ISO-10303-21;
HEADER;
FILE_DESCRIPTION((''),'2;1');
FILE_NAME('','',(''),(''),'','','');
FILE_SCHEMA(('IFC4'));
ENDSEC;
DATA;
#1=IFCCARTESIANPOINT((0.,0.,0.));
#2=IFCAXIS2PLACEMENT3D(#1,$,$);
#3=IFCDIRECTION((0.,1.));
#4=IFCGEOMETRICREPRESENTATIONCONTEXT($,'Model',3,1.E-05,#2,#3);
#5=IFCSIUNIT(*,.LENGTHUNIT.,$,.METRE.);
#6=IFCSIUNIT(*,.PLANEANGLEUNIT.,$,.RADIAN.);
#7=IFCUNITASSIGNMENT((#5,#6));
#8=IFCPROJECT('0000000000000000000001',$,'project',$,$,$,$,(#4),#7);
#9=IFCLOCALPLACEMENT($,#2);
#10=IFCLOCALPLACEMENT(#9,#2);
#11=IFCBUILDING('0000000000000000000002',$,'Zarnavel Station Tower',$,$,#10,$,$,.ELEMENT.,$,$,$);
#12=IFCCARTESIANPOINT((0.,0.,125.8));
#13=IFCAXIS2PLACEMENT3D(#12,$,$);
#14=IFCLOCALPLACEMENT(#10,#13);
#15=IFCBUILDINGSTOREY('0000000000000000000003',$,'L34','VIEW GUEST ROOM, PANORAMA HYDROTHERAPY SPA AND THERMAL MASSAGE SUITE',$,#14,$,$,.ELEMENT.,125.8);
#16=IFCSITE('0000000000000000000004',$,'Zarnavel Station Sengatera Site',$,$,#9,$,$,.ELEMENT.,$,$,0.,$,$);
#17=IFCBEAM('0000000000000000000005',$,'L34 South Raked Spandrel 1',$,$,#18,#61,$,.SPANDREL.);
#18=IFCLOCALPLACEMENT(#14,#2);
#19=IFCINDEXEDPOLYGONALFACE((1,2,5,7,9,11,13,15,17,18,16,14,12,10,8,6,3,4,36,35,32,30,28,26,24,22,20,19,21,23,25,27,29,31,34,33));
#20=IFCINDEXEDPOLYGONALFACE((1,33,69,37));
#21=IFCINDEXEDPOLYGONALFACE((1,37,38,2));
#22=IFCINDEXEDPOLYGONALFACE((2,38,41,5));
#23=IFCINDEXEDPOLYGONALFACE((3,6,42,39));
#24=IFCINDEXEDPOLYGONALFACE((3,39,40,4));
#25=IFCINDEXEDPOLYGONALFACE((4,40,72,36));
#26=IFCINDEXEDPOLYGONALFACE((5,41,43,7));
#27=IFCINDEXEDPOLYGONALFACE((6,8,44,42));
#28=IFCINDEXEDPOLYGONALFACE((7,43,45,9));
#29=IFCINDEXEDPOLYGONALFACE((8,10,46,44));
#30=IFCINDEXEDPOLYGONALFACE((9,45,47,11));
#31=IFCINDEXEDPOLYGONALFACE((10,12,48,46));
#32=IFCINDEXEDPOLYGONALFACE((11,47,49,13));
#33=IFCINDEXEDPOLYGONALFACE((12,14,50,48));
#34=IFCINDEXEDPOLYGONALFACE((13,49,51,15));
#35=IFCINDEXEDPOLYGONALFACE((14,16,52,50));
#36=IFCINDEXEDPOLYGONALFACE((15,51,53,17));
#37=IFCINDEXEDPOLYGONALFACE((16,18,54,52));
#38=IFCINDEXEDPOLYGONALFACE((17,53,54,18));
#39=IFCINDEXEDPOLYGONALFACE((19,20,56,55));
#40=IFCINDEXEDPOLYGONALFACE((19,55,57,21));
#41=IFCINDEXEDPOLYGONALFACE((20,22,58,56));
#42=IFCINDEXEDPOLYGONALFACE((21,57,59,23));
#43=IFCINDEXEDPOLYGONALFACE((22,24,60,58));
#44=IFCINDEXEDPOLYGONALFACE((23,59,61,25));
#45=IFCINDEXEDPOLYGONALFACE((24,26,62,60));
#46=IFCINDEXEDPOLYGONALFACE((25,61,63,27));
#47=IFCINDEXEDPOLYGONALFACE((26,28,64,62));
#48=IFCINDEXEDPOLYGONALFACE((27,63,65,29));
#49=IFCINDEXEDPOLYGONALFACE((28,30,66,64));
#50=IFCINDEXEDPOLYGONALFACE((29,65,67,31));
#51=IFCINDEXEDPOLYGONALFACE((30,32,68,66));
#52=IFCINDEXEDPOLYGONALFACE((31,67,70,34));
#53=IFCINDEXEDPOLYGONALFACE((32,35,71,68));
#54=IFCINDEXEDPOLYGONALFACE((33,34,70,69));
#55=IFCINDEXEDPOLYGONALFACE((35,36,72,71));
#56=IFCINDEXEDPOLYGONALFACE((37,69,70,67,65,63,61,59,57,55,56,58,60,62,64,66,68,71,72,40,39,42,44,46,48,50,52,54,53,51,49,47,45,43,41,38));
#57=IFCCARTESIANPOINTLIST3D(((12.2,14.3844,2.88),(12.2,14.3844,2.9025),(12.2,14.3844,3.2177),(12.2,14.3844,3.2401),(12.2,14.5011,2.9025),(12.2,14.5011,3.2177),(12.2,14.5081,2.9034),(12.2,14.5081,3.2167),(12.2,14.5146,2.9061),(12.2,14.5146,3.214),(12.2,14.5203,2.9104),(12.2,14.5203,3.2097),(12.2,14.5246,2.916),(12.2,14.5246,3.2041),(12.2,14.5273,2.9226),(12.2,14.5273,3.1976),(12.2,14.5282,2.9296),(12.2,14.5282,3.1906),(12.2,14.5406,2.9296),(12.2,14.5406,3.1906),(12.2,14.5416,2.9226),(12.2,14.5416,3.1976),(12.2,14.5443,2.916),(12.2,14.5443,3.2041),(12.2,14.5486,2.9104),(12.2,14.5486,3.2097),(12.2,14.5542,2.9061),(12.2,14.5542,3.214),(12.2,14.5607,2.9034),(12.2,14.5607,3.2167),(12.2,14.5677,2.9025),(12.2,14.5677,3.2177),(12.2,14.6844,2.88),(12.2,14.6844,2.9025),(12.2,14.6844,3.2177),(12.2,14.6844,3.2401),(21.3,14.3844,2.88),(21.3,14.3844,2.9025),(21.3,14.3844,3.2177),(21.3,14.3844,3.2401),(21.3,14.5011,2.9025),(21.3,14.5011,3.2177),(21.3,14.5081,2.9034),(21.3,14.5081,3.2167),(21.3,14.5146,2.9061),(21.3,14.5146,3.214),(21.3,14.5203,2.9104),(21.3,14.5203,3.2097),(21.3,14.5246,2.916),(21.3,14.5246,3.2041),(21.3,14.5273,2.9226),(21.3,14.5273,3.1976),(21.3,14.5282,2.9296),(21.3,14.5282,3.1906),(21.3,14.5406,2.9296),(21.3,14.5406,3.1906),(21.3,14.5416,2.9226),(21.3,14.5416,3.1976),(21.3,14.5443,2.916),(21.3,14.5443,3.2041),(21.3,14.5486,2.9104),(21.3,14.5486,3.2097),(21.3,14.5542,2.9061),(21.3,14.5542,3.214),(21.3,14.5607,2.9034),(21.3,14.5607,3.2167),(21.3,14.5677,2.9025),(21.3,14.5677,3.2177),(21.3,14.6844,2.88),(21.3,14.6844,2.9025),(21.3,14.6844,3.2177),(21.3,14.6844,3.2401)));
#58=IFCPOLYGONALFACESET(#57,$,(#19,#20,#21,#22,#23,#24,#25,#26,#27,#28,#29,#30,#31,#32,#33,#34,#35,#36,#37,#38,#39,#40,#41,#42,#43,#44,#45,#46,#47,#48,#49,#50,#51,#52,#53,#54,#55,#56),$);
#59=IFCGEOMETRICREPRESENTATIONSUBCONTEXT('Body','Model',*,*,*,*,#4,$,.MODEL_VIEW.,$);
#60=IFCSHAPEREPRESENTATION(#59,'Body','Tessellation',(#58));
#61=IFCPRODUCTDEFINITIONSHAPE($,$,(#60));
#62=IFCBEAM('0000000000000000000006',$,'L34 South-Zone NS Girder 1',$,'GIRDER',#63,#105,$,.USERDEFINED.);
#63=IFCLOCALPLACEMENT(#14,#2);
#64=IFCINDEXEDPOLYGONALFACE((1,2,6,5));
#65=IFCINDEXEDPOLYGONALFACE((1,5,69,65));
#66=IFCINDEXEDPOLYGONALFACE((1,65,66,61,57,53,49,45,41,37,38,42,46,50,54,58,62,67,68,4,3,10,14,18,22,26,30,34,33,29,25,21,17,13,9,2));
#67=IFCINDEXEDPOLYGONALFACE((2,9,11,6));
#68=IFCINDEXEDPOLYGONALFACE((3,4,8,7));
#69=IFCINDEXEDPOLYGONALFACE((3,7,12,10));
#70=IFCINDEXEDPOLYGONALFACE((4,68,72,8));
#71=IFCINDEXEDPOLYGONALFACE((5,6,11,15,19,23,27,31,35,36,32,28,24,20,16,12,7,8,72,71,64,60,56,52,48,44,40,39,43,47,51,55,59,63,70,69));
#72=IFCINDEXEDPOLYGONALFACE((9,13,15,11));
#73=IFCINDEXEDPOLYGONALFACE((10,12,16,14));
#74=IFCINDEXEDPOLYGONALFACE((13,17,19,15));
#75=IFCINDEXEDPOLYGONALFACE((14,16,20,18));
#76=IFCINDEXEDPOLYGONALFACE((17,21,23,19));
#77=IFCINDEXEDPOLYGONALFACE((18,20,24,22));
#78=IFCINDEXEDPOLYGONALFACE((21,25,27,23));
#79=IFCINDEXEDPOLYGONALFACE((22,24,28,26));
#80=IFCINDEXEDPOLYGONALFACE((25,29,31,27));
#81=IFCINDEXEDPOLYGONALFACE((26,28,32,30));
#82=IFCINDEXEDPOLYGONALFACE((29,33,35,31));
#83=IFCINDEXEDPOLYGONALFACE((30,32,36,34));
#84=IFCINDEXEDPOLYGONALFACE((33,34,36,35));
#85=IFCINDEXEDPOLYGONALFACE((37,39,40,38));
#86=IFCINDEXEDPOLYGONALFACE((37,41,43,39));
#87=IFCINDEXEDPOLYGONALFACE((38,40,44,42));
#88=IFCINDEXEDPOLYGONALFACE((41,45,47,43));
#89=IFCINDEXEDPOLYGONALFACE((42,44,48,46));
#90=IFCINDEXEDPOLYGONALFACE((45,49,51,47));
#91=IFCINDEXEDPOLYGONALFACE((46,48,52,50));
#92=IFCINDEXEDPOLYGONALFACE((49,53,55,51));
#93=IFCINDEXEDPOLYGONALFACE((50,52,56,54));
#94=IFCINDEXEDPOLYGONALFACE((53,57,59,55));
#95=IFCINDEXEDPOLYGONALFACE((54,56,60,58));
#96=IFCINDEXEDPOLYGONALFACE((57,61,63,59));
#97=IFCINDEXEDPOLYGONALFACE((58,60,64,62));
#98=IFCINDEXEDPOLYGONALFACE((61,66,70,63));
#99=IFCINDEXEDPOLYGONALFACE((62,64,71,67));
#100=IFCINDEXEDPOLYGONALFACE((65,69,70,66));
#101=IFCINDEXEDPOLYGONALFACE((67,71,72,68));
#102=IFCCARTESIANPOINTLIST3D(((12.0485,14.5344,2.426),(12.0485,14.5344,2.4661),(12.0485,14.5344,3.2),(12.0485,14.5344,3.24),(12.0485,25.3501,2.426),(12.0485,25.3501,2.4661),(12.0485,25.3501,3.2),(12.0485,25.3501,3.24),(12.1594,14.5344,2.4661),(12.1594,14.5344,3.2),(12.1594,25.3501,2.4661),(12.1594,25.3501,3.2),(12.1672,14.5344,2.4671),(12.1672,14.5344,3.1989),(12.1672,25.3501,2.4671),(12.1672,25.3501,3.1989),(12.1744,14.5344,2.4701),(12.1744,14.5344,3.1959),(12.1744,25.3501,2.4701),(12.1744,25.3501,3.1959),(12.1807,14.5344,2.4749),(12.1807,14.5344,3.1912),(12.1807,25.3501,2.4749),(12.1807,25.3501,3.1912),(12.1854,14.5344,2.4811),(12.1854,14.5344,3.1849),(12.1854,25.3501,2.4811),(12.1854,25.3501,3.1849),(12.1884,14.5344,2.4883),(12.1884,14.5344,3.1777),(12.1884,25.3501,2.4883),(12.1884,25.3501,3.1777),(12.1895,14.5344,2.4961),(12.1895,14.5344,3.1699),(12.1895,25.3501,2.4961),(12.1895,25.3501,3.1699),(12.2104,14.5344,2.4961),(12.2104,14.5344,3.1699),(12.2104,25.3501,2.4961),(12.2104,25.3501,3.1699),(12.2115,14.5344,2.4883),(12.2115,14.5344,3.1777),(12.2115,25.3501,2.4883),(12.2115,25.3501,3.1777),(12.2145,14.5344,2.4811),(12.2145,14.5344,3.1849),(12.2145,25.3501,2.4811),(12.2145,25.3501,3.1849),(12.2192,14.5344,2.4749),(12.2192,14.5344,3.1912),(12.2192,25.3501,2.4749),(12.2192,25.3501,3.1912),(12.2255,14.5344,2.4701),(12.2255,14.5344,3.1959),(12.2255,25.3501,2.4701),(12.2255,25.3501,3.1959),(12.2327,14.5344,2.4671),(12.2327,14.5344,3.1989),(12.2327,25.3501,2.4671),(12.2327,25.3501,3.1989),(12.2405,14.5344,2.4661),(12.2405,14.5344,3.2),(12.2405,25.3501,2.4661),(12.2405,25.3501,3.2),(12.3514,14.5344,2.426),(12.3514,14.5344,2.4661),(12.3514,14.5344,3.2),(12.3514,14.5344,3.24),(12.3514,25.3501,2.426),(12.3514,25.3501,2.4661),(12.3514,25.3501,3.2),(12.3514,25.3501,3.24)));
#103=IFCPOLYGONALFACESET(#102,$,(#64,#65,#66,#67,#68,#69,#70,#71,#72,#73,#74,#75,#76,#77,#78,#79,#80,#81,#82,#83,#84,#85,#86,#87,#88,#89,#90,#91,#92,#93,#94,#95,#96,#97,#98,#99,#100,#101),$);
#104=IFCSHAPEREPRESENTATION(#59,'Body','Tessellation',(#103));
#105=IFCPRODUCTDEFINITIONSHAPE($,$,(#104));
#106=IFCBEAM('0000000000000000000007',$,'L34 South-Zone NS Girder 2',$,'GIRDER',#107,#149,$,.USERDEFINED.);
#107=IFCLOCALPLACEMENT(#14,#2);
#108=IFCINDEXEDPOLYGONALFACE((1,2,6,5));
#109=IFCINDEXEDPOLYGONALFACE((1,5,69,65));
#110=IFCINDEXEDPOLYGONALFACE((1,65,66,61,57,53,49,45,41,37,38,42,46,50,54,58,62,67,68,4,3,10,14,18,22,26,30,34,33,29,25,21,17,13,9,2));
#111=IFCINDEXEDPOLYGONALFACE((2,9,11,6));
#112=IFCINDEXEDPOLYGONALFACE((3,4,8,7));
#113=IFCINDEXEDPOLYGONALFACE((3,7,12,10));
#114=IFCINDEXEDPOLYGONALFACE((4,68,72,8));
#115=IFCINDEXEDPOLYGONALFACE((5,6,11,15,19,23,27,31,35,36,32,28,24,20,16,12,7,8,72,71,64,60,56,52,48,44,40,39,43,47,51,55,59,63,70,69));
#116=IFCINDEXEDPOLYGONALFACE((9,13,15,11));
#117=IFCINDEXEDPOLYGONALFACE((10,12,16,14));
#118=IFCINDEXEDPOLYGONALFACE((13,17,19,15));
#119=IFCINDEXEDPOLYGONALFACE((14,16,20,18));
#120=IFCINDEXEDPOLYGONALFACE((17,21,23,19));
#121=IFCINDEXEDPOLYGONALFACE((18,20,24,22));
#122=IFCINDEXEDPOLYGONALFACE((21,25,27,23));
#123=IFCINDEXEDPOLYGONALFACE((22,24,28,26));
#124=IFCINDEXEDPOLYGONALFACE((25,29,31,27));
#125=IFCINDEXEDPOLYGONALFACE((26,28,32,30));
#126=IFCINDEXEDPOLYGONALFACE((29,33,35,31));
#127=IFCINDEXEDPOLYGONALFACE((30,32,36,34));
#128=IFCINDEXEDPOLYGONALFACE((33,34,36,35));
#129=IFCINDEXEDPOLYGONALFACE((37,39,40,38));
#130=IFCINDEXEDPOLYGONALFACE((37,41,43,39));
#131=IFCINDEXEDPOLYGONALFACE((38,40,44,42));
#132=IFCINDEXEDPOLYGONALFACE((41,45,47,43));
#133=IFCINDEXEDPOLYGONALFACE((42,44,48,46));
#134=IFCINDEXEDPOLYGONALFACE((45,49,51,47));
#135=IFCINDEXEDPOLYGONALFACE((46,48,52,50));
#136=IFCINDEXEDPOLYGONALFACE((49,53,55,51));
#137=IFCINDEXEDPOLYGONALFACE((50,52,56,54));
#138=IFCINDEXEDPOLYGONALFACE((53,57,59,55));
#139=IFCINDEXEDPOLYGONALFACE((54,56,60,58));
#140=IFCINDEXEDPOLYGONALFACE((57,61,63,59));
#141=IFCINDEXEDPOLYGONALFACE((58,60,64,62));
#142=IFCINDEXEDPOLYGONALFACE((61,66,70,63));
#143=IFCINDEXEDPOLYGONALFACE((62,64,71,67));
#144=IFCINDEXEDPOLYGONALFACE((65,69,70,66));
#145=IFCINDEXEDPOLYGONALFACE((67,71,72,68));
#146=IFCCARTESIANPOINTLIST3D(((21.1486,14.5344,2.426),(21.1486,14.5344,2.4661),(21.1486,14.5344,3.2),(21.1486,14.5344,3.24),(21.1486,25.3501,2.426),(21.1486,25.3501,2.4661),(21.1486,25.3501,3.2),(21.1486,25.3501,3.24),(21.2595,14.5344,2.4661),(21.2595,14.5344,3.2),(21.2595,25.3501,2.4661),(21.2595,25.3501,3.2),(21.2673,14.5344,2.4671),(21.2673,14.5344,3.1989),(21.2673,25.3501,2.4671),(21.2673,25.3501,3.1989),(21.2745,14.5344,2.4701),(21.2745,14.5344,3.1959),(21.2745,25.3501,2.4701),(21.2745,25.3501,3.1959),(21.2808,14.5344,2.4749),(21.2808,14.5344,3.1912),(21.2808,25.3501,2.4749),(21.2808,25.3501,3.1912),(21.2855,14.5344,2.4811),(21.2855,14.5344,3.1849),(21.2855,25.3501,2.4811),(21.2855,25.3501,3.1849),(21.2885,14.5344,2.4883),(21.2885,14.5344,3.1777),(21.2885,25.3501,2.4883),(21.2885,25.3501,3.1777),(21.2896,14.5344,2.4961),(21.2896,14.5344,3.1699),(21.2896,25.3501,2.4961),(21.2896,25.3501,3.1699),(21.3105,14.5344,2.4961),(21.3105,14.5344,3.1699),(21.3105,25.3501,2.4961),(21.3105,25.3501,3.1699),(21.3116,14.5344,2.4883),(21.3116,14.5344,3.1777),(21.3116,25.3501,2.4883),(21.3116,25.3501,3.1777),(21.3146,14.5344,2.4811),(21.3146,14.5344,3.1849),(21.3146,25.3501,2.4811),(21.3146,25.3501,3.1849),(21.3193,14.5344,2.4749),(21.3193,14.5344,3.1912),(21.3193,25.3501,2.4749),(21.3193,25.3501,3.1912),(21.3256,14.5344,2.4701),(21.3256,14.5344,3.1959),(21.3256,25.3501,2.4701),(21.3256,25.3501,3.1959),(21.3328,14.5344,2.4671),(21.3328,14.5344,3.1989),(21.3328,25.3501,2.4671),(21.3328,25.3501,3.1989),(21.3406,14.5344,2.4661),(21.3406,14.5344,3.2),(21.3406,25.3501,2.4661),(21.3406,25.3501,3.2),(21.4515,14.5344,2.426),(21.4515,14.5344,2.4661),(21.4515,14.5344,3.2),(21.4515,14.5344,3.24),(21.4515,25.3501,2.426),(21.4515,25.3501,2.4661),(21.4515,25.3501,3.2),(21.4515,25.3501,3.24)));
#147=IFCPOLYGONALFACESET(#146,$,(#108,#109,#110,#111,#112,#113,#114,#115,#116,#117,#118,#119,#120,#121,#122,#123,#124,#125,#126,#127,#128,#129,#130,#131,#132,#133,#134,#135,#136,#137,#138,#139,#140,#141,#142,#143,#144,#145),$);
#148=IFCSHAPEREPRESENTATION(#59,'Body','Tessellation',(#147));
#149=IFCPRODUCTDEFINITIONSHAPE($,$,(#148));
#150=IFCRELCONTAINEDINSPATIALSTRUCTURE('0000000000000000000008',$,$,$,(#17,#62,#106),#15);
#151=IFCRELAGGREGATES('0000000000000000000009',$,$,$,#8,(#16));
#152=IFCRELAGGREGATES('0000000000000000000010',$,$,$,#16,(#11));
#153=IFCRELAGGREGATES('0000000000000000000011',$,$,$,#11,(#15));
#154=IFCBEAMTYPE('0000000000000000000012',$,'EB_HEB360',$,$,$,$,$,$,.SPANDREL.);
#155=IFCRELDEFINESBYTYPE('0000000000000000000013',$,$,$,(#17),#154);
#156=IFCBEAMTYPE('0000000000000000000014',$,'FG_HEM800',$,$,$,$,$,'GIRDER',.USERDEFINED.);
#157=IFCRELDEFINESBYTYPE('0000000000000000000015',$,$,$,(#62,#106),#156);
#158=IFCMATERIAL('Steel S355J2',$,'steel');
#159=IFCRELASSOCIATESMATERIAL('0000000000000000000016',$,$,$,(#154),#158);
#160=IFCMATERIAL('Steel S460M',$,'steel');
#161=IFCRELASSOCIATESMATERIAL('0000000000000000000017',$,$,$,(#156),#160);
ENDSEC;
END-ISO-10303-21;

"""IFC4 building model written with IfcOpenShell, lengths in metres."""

from ifc_helpers import new_model, si_unit, direction, frame, origin, origin_2d, place, context, subcontext, project, spatial, i_section, extrude, material, material_profile, profile_set, type_object, element, save


model = new_model("IFC4")

# Units and contexts
model_context = context("Model", 3, precision=1e-05, world=origin(), true_north=direction((0.0, 1.0)))
body_context = subcontext(model_context, "Body", "Model", "MODEL_VIEW")
ifc_project = project(units=[si_unit("LENGTHUNIT", "METRE"), si_unit("PLANEANGLEUNIT", "RADIAN")], contexts=[model_context])

# Site, building, storey
site_placement = place(None, origin())
site = spatial("IfcSite", under=ifc_project, at=site_placement, Name="Zarnavel Station Sengatera Site", CompositionType="ELEMENT", RefElevation=0.0)
building_placement = place(site_placement, origin())
building = spatial("IfcBuilding", under=site, at=building_placement, Name="Zarnavel Station Tower", CompositionType="ELEMENT")
storey_placement = place(building_placement, frame((0.0, 0.0, 125.8)))
storey = spatial("IfcBuildingStorey", under=building, at=storey_placement, Name="L34", Description="VIEW GUEST ROOM, PANORAMA HYDROTHERAPY SPA AND THERMAL MASSAGE SUITE", CompositionType="ELEMENT", Elevation=125.8)

# Beams
ifc_material_1 = material(Name="Steel S355J2", Category="steel")
ifc_material_profile_1 = material_profile(ifc_material_1, i_section(OverallWidth=0.3, OverallDepth=0.3601, WebThickness=0.0125, FlangeThickness=0.0225, FilletRadius=0.0271, at=origin_2d()), Name="HEB360")
ifc_profile_set_1 = profile_set([ifc_material_profile_1], Name="Steel S355J2")
beam_type_1 = type_object("IfcBeamType", Name="EB_HEB360", PredefinedType="SPANDREL", material=ifc_profile_set_1)
beam_placement = place(storey_placement, frame((12.2, 14.5344, 3.0601), z_axis=(1.0, 0.0, 0.0), x_axis=(0.0, 1.0, 0.0)))
element("IfcBeam", 1, at=beam_placement, inside=storey, type_object=beam_type_1, Name="L34 South Raked Spandrel 1", PredefinedType="SPANDREL", context=body_context, shape_type="SweptSolid", body=[
    extrude(i_section(OverallWidth=0.3, OverallDepth=0.3601, WebThickness=0.0125, FlangeThickness=0.0225, FilletRadius=0.0271, at=origin_2d()), origin(), (0.0, 0.0, 1.0), 9.1001),
])
ifc_material_2 = material(Name="Steel S460M", Category="steel")
ifc_material_profile_2 = material_profile(ifc_material_2, i_section(OverallWidth=0.303, OverallDepth=0.814, WebThickness=0.021, FlangeThickness=0.04, FilletRadius=0.03, at=origin_2d()), Name="HEM800")
ifc_profile_set_2 = profile_set([ifc_material_profile_2], Name="Steel S460M")
beam_type_2 = type_object("IfcBeamType", Name="FG_HEM800", ElementType="GIRDER", PredefinedType="USERDEFINED", material=ifc_profile_set_2)
for number, where, z_axis, x_axis, name in (
    (2, (12.2, 14.5344, 2.833), (0.0, 1.0, 0.0), (-1.0, 0.0, 0.0), "L34 South-Zone NS Girder 1"),
    (3, (21.3, 14.5344, 2.833), (0.0, 1.0, 0.0), (-1.0, 0.0, 0.0), "L34 South-Zone NS Girder 2"),
):
    element("IfcBeam", number, at=place(storey_placement, frame(where, z_axis=z_axis, x_axis=x_axis)), inside=storey, type_object=beam_type_2, Name=name, ObjectType="GIRDER", PredefinedType="USERDEFINED", context=body_context, shape_type="SweptSolid", body=[
        extrude(i_section(OverallWidth=0.303, OverallDepth=0.814, WebThickness=0.021, FlangeThickness=0.04, FilletRadius=0.03, at=origin_2d()), origin(), (0.0, 0.0, 1.0), 10.8157),
    ])

save(model, "model.ifc")
